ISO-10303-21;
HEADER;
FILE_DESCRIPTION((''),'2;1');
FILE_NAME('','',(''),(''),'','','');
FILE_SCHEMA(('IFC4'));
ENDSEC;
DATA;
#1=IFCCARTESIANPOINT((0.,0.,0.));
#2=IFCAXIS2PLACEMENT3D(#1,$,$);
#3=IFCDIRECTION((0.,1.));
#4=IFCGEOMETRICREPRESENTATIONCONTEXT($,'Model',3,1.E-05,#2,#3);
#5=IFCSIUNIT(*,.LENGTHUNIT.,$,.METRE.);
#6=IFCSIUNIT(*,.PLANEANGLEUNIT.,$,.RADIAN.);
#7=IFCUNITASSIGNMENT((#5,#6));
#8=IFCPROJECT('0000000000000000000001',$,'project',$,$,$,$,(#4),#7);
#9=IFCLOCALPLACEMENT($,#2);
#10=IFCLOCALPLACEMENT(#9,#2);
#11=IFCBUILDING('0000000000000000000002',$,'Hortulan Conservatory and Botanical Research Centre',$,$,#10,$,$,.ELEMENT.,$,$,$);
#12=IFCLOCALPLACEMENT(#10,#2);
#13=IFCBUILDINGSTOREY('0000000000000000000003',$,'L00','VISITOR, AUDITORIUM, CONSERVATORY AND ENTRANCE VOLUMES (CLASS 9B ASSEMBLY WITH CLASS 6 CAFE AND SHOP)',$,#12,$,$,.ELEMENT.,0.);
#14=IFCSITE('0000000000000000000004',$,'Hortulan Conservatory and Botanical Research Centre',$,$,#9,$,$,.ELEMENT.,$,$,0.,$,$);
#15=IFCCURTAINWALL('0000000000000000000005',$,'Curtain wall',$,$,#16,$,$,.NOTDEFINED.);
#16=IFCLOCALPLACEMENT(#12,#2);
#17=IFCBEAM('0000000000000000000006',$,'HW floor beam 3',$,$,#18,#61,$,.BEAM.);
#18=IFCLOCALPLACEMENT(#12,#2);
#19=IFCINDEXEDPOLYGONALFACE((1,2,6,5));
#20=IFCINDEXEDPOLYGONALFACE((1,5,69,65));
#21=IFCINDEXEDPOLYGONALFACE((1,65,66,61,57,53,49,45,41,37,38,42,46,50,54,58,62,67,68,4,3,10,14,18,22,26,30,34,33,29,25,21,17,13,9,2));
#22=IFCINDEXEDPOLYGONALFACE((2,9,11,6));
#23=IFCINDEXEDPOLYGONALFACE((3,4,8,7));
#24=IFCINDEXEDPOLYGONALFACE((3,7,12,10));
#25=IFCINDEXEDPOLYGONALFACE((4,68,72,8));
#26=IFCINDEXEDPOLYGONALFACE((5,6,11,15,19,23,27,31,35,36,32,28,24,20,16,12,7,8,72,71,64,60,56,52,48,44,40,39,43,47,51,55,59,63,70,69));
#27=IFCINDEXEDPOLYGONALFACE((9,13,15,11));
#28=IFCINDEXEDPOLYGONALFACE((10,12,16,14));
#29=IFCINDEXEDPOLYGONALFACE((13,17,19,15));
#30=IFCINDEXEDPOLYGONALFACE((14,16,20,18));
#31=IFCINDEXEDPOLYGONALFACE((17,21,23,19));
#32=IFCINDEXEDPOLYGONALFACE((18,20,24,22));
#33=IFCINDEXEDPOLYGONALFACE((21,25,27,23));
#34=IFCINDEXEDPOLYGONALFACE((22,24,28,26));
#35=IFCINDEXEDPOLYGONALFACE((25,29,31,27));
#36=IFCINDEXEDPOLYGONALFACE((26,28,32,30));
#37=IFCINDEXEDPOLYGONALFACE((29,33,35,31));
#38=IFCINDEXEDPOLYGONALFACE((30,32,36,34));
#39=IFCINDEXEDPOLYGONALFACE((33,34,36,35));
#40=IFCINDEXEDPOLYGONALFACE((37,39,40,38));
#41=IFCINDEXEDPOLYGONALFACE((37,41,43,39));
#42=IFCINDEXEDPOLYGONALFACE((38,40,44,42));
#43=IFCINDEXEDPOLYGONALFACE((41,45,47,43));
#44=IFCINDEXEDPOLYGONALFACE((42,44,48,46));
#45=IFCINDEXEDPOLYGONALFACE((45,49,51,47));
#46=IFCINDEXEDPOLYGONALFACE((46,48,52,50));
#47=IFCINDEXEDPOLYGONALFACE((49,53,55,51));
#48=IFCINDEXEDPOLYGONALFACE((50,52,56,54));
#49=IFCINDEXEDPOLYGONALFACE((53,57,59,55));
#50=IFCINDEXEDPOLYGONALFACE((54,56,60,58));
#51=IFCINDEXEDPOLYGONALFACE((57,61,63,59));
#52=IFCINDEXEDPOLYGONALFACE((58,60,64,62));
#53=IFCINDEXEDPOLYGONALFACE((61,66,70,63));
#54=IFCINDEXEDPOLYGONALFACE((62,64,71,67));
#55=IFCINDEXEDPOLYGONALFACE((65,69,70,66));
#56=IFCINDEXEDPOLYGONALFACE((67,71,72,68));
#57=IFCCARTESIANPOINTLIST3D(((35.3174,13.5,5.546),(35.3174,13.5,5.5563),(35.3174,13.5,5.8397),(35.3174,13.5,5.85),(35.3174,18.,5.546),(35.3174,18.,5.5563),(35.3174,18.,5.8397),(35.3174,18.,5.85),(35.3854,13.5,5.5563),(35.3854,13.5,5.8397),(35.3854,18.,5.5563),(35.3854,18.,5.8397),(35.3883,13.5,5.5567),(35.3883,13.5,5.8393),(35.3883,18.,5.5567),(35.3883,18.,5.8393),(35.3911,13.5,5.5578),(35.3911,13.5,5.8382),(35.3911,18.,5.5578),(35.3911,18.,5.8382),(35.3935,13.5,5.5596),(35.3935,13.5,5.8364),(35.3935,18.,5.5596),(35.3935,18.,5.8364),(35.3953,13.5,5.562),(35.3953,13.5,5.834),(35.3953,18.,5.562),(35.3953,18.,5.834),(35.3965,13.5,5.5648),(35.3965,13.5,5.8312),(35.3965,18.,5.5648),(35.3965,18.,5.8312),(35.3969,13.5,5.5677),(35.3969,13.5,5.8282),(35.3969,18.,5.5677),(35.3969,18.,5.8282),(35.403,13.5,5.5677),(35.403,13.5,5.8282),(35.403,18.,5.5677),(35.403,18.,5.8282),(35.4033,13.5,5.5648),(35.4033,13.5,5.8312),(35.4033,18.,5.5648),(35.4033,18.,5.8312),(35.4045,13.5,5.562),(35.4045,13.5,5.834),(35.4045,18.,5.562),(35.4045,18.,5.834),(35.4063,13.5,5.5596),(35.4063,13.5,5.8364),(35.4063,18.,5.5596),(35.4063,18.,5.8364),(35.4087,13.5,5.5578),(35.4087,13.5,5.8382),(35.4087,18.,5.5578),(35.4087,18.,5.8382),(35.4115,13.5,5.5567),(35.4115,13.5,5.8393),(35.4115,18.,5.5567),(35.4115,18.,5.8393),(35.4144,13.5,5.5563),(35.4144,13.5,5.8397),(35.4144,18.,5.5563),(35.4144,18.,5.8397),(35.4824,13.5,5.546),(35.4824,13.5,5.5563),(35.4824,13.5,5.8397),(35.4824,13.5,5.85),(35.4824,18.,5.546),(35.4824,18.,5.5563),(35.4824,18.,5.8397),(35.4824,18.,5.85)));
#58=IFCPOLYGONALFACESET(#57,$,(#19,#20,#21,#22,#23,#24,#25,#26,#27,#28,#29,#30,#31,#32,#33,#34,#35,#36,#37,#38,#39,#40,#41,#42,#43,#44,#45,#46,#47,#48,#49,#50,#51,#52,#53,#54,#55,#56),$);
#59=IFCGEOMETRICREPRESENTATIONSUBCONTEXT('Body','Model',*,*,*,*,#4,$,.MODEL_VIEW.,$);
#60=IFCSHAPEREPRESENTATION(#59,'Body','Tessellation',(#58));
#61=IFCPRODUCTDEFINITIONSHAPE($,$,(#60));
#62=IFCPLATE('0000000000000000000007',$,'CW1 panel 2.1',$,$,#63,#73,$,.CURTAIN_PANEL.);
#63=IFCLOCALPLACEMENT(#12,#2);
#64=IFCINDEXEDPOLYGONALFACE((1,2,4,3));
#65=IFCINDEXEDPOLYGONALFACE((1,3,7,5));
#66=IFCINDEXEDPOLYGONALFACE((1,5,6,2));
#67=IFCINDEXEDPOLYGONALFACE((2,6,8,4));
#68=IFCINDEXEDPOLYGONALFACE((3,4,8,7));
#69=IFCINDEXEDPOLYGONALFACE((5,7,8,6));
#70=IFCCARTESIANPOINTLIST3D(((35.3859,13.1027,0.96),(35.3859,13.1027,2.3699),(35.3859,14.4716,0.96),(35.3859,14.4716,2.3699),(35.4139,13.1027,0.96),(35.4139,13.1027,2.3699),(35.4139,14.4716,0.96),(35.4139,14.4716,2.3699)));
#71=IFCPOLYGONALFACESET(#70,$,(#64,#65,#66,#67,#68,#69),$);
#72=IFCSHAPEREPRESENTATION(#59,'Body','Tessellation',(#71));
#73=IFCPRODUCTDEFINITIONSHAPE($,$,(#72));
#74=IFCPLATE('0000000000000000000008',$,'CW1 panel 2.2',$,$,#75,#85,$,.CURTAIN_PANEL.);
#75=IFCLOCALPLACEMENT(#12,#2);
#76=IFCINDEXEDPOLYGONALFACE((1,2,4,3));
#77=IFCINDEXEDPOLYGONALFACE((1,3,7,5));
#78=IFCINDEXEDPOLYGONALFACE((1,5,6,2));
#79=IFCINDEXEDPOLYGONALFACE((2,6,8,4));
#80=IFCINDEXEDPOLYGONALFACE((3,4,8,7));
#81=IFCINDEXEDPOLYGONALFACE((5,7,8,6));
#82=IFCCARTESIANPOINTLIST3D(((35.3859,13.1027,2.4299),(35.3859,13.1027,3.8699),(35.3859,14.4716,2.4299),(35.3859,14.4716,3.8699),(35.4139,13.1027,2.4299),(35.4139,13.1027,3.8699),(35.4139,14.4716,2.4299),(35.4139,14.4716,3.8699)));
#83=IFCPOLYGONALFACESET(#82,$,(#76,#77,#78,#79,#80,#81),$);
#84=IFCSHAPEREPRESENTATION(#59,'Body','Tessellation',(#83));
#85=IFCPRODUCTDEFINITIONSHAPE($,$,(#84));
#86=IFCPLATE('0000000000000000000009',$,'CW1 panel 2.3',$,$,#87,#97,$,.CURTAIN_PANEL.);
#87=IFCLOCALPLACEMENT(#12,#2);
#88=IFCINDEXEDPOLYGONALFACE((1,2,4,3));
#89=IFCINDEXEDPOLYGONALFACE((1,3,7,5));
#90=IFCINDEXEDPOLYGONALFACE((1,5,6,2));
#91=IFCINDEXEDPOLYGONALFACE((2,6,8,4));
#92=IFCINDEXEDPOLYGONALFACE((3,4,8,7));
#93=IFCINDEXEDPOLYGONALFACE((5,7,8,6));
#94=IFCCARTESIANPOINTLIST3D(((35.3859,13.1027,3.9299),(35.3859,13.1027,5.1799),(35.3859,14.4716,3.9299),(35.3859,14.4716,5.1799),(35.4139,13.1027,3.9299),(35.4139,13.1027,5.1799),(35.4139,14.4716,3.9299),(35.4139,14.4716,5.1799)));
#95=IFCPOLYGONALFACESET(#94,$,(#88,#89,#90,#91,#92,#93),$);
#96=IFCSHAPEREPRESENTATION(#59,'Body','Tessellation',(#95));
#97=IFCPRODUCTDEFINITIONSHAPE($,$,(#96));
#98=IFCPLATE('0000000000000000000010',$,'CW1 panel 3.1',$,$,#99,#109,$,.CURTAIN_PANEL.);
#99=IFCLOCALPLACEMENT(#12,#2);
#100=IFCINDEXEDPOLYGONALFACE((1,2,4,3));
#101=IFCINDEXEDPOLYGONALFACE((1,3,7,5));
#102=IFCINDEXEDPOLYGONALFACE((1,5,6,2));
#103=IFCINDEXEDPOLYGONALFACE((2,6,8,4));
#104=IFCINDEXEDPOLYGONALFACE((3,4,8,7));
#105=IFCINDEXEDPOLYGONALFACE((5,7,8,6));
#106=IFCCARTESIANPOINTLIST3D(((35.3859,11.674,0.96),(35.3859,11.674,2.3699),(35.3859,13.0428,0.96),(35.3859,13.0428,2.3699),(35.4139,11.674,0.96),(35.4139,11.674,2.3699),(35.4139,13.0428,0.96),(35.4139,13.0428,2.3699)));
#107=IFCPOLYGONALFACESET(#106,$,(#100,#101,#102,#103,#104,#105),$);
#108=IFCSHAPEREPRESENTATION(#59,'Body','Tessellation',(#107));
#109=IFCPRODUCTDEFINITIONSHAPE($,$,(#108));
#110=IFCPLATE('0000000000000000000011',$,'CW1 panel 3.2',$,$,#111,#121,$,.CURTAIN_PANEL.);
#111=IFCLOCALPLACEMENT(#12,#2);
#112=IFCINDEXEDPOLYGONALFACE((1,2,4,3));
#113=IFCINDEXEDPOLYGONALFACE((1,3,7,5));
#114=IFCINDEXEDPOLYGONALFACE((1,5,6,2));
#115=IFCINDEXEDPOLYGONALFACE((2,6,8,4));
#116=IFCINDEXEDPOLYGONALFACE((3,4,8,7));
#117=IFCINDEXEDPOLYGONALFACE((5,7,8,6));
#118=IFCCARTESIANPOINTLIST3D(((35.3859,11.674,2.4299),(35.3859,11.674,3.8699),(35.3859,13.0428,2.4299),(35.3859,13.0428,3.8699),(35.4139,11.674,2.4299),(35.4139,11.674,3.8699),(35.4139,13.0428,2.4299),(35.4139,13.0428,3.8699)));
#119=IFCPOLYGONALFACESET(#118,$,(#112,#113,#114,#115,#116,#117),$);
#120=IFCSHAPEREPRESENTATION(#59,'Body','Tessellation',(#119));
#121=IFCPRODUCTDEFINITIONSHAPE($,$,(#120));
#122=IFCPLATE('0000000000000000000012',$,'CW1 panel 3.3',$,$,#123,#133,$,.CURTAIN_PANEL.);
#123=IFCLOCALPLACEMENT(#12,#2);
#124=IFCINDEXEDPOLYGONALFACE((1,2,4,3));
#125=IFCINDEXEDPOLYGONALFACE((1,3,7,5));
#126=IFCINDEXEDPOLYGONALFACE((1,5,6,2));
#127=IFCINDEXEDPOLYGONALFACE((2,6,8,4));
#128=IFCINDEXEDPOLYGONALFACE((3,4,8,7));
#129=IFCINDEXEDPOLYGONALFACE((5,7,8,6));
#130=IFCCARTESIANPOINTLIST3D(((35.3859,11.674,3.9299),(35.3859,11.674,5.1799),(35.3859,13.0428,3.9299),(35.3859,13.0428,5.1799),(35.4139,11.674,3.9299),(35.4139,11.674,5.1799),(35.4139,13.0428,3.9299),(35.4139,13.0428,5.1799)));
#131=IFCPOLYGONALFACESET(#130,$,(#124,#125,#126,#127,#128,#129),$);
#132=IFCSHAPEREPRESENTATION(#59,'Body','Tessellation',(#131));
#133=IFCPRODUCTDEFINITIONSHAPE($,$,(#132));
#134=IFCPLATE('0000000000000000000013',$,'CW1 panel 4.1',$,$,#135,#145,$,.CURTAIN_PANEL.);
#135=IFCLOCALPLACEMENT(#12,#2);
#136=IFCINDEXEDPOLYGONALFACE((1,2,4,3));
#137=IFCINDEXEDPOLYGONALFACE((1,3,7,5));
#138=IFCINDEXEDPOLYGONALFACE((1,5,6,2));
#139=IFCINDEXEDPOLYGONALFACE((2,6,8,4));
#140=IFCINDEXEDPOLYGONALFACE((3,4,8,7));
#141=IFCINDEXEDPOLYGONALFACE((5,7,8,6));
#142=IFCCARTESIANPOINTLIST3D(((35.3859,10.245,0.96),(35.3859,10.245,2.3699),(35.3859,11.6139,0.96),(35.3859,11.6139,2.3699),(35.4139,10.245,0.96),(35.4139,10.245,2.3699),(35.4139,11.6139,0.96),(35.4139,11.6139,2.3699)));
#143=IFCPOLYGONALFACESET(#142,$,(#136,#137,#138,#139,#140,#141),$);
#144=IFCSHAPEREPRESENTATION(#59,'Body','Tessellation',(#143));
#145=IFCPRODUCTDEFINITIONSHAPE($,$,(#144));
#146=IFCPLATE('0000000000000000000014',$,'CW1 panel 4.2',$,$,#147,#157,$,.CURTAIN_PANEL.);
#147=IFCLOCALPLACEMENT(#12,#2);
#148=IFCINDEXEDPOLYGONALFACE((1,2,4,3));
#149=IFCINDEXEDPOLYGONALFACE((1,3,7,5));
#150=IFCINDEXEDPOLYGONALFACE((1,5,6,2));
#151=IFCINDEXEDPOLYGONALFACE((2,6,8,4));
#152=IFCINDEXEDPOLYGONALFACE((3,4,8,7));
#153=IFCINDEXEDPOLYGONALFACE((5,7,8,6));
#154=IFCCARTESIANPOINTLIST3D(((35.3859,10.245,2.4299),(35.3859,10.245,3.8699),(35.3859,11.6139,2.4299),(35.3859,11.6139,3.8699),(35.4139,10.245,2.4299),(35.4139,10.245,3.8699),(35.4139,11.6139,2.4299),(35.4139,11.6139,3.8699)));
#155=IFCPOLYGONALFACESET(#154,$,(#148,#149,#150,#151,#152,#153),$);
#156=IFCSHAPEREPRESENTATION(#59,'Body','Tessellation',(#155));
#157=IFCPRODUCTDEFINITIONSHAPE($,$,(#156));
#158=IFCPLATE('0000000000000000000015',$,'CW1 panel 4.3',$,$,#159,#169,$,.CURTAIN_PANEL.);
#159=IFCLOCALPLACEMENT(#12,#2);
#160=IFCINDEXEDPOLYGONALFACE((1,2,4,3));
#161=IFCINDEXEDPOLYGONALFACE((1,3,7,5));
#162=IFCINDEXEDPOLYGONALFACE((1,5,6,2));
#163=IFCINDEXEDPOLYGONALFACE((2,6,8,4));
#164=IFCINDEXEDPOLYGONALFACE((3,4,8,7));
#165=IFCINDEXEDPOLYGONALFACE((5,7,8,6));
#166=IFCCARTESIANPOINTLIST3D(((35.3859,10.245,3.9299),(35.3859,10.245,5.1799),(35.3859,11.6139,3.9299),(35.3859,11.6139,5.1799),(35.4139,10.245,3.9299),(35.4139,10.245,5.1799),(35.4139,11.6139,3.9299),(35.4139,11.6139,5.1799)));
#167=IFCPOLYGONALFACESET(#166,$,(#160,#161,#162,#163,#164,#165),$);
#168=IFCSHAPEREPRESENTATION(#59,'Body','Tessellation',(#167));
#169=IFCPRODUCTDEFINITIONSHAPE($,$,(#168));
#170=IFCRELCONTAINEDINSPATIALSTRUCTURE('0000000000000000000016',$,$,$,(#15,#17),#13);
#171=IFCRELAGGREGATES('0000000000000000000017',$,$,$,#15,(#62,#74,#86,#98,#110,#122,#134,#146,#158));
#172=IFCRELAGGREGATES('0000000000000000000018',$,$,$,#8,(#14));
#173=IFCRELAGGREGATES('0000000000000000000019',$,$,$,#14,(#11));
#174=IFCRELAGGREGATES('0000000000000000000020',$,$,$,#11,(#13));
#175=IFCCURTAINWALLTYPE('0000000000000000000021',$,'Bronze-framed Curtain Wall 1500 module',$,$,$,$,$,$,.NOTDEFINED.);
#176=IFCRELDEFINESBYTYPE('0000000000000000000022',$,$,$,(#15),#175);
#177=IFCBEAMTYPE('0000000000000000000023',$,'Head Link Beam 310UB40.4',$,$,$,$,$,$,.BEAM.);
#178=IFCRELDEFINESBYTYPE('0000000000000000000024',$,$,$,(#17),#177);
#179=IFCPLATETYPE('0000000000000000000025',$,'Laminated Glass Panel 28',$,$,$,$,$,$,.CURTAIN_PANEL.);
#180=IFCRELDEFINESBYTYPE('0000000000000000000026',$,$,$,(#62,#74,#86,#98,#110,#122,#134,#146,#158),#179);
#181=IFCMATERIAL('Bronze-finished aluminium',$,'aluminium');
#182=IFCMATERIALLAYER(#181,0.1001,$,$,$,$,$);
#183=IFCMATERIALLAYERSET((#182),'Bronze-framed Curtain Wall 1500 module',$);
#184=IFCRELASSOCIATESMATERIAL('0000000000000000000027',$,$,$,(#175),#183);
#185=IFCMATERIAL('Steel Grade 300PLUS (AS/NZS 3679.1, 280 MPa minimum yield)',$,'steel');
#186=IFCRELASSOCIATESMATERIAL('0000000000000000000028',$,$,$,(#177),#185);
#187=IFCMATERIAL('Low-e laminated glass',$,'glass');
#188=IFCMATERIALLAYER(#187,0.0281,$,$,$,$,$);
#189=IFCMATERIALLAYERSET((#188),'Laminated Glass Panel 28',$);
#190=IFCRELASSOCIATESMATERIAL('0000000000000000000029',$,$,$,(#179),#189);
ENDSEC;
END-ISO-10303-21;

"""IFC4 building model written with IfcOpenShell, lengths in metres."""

from ifc_helpers import new_model, si_unit, direction, frame, origin, origin_2d, place, context, subcontext, project, spatial, rectangle, i_section, extrude, material, layer, layer_set, material_profile, profile_set, type_object, element, aggregate, save


model = new_model("IFC4")

# Units and contexts
model_context = context("Model", 3, precision=1e-05, world=origin(), true_north=direction((0.0, 1.0)))
body_context = subcontext(model_context, "Body", "Model", "MODEL_VIEW")
ifc_project = project(units=[si_unit("LENGTHUNIT", "METRE"), si_unit("PLANEANGLEUNIT", "RADIAN")], contexts=[model_context])

# Site, building, storey
site_placement = place(None, origin())
site = spatial("IfcSite", under=ifc_project, at=site_placement, Name="Hortulan Conservatory and Botanical Research Centre", CompositionType="ELEMENT", RefElevation=0.0)
building_placement = place(site_placement, origin())
building = spatial("IfcBuilding", under=site, at=building_placement, Name="Hortulan Conservatory and Botanical Research Centre", CompositionType="ELEMENT")
storey_placement = place(building_placement, origin())
storey = spatial("IfcBuildingStorey", under=building, at=storey_placement, Name="L00", Description="VISITOR, AUDITORIUM, CONSERVATORY AND ENTRANCE VOLUMES (CLASS 9B ASSEMBLY WITH CLASS 6 CAFE AND SHOP)", CompositionType="ELEMENT", Elevation=0.0)

# Curtain wall
ifc_material_1 = material(Name="Bronze-finished aluminium", Category="aluminium")
ifc_layer_1 = layer(ifc_material_1, 0.1001)
ifc_layer_set_1 = layer_set([ifc_layer_1], Name="Bronze-framed Curtain Wall 1500 module")
curtain_wall_type = type_object("IfcCurtainWallType", Name="Bronze-framed Curtain Wall 1500 module", PredefinedType="NOTDEFINED", material=ifc_layer_set_1)
curtain_wall_placement = place(storey_placement, origin())
curtain_wall = element("IfcCurtainWall", 1, at=curtain_wall_placement, inside=storey, type_object=curtain_wall_type, Name="Curtain wall", PredefinedType="NOTDEFINED")

# Beam
ifc_material_2 = material(Name="Steel Grade 300PLUS (AS/NZS 3679.1, 280 MPa minimum yield)", Category="steel")
ifc_material_profile_1 = material_profile(ifc_material_2, i_section(OverallWidth=0.165, OverallDepth=0.304, WebThickness=0.0061, FlangeThickness=0.0103, FilletRadius=0.0115, at=origin_2d()), Name="310UB40.4")
ifc_profile_set_1 = profile_set([ifc_material_profile_1], Name="Steel Grade 300PLUS (AS/NZS 3679.1, 280 MPa minimum yield)")
beam_type = type_object("IfcBeamType", Name="Head Link Beam 310UB40.4", PredefinedType="BEAM", material=ifc_profile_set_1)
beam_placement = place(storey_placement, frame((35.3999, 13.5, 5.698), z_axis=(0.0, 1.0, 0.0), x_axis=(-1.0, 0.0, 0.0)))
element("IfcBeam", 2, at=beam_placement, inside=storey, type_object=beam_type, Name="HW floor beam 3", PredefinedType="BEAM", context=body_context, shape_type="SweptSolid", body=[
    extrude(i_section(OverallWidth=0.165, OverallDepth=0.304, WebThickness=0.0061, FlangeThickness=0.0103, FilletRadius=0.0115, at=origin_2d()), origin(), (0.0, 0.0, 1.0), 4.5),
])

# Plates
ifc_material_3 = material(Name="Low-e laminated glass", Category="glass")
ifc_layer_2 = layer(ifc_material_3, 0.0281)
ifc_layer_set_2 = layer_set([ifc_layer_2], Name="Laminated Glass Panel 28")
plate_type = type_object("IfcPlateType", Name="Laminated Glass Panel 28", PredefinedType="CURTAIN_PANEL", material=ifc_layer_set_2)
plate_1_placement = place(storey_placement, frame((35.3999, 13.7871, 0.96), z_axis=(0.0, 0.0, 1.0), x_axis=(0.0, -1.0, 0.0)))
plate_1 = element("IfcPlate", 3, at=plate_1_placement, type_object=plate_type, Name="CW1 panel 2.1", PredefinedType="CURTAIN_PANEL", context=body_context, shape_type="SweptSolid", body=[
    extrude(rectangle(XDim=1.3689, YDim=0.0281, at=origin_2d()), origin(), (0.0, 0.0, 1.0), 1.4099),
])
plate_2_placement = place(storey_placement, frame((35.3999, 13.7871, 2.4299), z_axis=(0.0, 0.0, 1.0), x_axis=(0.0, -1.0, 0.0)))
plate_2 = element("IfcPlate", 4, at=plate_2_placement, type_object=plate_type, Name="CW1 panel 2.2", PredefinedType="CURTAIN_PANEL", context=body_context, shape_type="SweptSolid", body=[
    extrude(rectangle(XDim=1.3689, YDim=0.0281, at=origin_2d()), origin(), (0.0, 0.0, 1.0), 1.4399),
])
plate_3_placement = place(storey_placement, frame((35.3999, 13.7871, 3.9299), z_axis=(0.0, 0.0, 1.0), x_axis=(0.0, -1.0, 0.0)))
plate_3 = element("IfcPlate", 5, at=plate_3_placement, type_object=plate_type, Name="CW1 panel 2.3", PredefinedType="CURTAIN_PANEL", context=body_context, shape_type="SweptSolid", body=[
    extrude(rectangle(XDim=1.3689, YDim=0.0281, at=origin_2d()), origin(), (0.0, 0.0, 1.0), 1.25),
])
plate_4_placement = place(storey_placement, frame((35.3999, 12.3584, 0.96), z_axis=(0.0, 0.0, 1.0), x_axis=(0.0, -1.0, 0.0)))
plate_4 = element("IfcPlate", 6, at=plate_4_placement, type_object=plate_type, Name="CW1 panel 3.1", PredefinedType="CURTAIN_PANEL", context=body_context, shape_type="SweptSolid", body=[
    extrude(rectangle(XDim=1.3689, YDim=0.0281, at=origin_2d()), origin(), (0.0, 0.0, 1.0), 1.4099),
])
plate_5_placement = place(storey_placement, frame((35.3999, 12.3584, 2.4299), z_axis=(0.0, 0.0, 1.0), x_axis=(0.0, -1.0, 0.0)))
plate_5 = element("IfcPlate", 7, at=plate_5_placement, type_object=plate_type, Name="CW1 panel 3.2", PredefinedType="CURTAIN_PANEL", context=body_context, shape_type="SweptSolid", body=[
    extrude(rectangle(XDim=1.3689, YDim=0.0281, at=origin_2d()), origin(), (0.0, 0.0, 1.0), 1.4399),
])
plate_6_placement = place(storey_placement, frame((35.3999, 12.3584, 3.9299), z_axis=(0.0, 0.0, 1.0), x_axis=(0.0, -1.0, 0.0)))
plate_6 = element("IfcPlate", 8, at=plate_6_placement, type_object=plate_type, Name="CW1 panel 3.3", PredefinedType="CURTAIN_PANEL", context=body_context, shape_type="SweptSolid", body=[
    extrude(rectangle(XDim=1.3689, YDim=0.0281, at=origin_2d()), origin(), (0.0, 0.0, 1.0), 1.25),
])
plate_7_placement = place(storey_placement, frame((35.3999, 10.9294, 0.96), z_axis=(0.0, 0.0, 1.0), x_axis=(0.0, -1.0, 0.0)))
plate_7 = element("IfcPlate", 9, at=plate_7_placement, type_object=plate_type, Name="CW1 panel 4.1", PredefinedType="CURTAIN_PANEL", context=body_context, shape_type="SweptSolid", body=[
    extrude(rectangle(XDim=1.3689, YDim=0.0281, at=origin_2d()), origin(), (0.0, 0.0, 1.0), 1.4099),
])
plate_8_placement = place(storey_placement, frame((35.3999, 10.9294, 2.4299), z_axis=(0.0, 0.0, 1.0), x_axis=(0.0, -1.0, 0.0)))
plate_8 = element("IfcPlate", 10, at=plate_8_placement, type_object=plate_type, Name="CW1 panel 4.2", PredefinedType="CURTAIN_PANEL", context=body_context, shape_type="SweptSolid", body=[
    extrude(rectangle(XDim=1.3689, YDim=0.0281, at=origin_2d()), origin(), (0.0, 0.0, 1.0), 1.4399),
])
plate_9_placement = place(storey_placement, frame((35.3999, 10.9294, 3.9299), z_axis=(0.0, 0.0, 1.0), x_axis=(0.0, -1.0, 0.0)))
plate_9 = element("IfcPlate", 11, at=plate_9_placement, type_object=plate_type, Name="CW1 panel 4.3", PredefinedType="CURTAIN_PANEL", context=body_context, shape_type="SweptSolid", body=[
    extrude(rectangle(XDim=1.3689, YDim=0.0281, at=origin_2d()), origin(), (0.0, 0.0, 1.0), 1.25),
])
aggregate(curtain_wall, [plate_1, plate_2, plate_3, plate_4, plate_5, plate_6, plate_7, plate_8, plate_9])

save(model, "model.ifc")
